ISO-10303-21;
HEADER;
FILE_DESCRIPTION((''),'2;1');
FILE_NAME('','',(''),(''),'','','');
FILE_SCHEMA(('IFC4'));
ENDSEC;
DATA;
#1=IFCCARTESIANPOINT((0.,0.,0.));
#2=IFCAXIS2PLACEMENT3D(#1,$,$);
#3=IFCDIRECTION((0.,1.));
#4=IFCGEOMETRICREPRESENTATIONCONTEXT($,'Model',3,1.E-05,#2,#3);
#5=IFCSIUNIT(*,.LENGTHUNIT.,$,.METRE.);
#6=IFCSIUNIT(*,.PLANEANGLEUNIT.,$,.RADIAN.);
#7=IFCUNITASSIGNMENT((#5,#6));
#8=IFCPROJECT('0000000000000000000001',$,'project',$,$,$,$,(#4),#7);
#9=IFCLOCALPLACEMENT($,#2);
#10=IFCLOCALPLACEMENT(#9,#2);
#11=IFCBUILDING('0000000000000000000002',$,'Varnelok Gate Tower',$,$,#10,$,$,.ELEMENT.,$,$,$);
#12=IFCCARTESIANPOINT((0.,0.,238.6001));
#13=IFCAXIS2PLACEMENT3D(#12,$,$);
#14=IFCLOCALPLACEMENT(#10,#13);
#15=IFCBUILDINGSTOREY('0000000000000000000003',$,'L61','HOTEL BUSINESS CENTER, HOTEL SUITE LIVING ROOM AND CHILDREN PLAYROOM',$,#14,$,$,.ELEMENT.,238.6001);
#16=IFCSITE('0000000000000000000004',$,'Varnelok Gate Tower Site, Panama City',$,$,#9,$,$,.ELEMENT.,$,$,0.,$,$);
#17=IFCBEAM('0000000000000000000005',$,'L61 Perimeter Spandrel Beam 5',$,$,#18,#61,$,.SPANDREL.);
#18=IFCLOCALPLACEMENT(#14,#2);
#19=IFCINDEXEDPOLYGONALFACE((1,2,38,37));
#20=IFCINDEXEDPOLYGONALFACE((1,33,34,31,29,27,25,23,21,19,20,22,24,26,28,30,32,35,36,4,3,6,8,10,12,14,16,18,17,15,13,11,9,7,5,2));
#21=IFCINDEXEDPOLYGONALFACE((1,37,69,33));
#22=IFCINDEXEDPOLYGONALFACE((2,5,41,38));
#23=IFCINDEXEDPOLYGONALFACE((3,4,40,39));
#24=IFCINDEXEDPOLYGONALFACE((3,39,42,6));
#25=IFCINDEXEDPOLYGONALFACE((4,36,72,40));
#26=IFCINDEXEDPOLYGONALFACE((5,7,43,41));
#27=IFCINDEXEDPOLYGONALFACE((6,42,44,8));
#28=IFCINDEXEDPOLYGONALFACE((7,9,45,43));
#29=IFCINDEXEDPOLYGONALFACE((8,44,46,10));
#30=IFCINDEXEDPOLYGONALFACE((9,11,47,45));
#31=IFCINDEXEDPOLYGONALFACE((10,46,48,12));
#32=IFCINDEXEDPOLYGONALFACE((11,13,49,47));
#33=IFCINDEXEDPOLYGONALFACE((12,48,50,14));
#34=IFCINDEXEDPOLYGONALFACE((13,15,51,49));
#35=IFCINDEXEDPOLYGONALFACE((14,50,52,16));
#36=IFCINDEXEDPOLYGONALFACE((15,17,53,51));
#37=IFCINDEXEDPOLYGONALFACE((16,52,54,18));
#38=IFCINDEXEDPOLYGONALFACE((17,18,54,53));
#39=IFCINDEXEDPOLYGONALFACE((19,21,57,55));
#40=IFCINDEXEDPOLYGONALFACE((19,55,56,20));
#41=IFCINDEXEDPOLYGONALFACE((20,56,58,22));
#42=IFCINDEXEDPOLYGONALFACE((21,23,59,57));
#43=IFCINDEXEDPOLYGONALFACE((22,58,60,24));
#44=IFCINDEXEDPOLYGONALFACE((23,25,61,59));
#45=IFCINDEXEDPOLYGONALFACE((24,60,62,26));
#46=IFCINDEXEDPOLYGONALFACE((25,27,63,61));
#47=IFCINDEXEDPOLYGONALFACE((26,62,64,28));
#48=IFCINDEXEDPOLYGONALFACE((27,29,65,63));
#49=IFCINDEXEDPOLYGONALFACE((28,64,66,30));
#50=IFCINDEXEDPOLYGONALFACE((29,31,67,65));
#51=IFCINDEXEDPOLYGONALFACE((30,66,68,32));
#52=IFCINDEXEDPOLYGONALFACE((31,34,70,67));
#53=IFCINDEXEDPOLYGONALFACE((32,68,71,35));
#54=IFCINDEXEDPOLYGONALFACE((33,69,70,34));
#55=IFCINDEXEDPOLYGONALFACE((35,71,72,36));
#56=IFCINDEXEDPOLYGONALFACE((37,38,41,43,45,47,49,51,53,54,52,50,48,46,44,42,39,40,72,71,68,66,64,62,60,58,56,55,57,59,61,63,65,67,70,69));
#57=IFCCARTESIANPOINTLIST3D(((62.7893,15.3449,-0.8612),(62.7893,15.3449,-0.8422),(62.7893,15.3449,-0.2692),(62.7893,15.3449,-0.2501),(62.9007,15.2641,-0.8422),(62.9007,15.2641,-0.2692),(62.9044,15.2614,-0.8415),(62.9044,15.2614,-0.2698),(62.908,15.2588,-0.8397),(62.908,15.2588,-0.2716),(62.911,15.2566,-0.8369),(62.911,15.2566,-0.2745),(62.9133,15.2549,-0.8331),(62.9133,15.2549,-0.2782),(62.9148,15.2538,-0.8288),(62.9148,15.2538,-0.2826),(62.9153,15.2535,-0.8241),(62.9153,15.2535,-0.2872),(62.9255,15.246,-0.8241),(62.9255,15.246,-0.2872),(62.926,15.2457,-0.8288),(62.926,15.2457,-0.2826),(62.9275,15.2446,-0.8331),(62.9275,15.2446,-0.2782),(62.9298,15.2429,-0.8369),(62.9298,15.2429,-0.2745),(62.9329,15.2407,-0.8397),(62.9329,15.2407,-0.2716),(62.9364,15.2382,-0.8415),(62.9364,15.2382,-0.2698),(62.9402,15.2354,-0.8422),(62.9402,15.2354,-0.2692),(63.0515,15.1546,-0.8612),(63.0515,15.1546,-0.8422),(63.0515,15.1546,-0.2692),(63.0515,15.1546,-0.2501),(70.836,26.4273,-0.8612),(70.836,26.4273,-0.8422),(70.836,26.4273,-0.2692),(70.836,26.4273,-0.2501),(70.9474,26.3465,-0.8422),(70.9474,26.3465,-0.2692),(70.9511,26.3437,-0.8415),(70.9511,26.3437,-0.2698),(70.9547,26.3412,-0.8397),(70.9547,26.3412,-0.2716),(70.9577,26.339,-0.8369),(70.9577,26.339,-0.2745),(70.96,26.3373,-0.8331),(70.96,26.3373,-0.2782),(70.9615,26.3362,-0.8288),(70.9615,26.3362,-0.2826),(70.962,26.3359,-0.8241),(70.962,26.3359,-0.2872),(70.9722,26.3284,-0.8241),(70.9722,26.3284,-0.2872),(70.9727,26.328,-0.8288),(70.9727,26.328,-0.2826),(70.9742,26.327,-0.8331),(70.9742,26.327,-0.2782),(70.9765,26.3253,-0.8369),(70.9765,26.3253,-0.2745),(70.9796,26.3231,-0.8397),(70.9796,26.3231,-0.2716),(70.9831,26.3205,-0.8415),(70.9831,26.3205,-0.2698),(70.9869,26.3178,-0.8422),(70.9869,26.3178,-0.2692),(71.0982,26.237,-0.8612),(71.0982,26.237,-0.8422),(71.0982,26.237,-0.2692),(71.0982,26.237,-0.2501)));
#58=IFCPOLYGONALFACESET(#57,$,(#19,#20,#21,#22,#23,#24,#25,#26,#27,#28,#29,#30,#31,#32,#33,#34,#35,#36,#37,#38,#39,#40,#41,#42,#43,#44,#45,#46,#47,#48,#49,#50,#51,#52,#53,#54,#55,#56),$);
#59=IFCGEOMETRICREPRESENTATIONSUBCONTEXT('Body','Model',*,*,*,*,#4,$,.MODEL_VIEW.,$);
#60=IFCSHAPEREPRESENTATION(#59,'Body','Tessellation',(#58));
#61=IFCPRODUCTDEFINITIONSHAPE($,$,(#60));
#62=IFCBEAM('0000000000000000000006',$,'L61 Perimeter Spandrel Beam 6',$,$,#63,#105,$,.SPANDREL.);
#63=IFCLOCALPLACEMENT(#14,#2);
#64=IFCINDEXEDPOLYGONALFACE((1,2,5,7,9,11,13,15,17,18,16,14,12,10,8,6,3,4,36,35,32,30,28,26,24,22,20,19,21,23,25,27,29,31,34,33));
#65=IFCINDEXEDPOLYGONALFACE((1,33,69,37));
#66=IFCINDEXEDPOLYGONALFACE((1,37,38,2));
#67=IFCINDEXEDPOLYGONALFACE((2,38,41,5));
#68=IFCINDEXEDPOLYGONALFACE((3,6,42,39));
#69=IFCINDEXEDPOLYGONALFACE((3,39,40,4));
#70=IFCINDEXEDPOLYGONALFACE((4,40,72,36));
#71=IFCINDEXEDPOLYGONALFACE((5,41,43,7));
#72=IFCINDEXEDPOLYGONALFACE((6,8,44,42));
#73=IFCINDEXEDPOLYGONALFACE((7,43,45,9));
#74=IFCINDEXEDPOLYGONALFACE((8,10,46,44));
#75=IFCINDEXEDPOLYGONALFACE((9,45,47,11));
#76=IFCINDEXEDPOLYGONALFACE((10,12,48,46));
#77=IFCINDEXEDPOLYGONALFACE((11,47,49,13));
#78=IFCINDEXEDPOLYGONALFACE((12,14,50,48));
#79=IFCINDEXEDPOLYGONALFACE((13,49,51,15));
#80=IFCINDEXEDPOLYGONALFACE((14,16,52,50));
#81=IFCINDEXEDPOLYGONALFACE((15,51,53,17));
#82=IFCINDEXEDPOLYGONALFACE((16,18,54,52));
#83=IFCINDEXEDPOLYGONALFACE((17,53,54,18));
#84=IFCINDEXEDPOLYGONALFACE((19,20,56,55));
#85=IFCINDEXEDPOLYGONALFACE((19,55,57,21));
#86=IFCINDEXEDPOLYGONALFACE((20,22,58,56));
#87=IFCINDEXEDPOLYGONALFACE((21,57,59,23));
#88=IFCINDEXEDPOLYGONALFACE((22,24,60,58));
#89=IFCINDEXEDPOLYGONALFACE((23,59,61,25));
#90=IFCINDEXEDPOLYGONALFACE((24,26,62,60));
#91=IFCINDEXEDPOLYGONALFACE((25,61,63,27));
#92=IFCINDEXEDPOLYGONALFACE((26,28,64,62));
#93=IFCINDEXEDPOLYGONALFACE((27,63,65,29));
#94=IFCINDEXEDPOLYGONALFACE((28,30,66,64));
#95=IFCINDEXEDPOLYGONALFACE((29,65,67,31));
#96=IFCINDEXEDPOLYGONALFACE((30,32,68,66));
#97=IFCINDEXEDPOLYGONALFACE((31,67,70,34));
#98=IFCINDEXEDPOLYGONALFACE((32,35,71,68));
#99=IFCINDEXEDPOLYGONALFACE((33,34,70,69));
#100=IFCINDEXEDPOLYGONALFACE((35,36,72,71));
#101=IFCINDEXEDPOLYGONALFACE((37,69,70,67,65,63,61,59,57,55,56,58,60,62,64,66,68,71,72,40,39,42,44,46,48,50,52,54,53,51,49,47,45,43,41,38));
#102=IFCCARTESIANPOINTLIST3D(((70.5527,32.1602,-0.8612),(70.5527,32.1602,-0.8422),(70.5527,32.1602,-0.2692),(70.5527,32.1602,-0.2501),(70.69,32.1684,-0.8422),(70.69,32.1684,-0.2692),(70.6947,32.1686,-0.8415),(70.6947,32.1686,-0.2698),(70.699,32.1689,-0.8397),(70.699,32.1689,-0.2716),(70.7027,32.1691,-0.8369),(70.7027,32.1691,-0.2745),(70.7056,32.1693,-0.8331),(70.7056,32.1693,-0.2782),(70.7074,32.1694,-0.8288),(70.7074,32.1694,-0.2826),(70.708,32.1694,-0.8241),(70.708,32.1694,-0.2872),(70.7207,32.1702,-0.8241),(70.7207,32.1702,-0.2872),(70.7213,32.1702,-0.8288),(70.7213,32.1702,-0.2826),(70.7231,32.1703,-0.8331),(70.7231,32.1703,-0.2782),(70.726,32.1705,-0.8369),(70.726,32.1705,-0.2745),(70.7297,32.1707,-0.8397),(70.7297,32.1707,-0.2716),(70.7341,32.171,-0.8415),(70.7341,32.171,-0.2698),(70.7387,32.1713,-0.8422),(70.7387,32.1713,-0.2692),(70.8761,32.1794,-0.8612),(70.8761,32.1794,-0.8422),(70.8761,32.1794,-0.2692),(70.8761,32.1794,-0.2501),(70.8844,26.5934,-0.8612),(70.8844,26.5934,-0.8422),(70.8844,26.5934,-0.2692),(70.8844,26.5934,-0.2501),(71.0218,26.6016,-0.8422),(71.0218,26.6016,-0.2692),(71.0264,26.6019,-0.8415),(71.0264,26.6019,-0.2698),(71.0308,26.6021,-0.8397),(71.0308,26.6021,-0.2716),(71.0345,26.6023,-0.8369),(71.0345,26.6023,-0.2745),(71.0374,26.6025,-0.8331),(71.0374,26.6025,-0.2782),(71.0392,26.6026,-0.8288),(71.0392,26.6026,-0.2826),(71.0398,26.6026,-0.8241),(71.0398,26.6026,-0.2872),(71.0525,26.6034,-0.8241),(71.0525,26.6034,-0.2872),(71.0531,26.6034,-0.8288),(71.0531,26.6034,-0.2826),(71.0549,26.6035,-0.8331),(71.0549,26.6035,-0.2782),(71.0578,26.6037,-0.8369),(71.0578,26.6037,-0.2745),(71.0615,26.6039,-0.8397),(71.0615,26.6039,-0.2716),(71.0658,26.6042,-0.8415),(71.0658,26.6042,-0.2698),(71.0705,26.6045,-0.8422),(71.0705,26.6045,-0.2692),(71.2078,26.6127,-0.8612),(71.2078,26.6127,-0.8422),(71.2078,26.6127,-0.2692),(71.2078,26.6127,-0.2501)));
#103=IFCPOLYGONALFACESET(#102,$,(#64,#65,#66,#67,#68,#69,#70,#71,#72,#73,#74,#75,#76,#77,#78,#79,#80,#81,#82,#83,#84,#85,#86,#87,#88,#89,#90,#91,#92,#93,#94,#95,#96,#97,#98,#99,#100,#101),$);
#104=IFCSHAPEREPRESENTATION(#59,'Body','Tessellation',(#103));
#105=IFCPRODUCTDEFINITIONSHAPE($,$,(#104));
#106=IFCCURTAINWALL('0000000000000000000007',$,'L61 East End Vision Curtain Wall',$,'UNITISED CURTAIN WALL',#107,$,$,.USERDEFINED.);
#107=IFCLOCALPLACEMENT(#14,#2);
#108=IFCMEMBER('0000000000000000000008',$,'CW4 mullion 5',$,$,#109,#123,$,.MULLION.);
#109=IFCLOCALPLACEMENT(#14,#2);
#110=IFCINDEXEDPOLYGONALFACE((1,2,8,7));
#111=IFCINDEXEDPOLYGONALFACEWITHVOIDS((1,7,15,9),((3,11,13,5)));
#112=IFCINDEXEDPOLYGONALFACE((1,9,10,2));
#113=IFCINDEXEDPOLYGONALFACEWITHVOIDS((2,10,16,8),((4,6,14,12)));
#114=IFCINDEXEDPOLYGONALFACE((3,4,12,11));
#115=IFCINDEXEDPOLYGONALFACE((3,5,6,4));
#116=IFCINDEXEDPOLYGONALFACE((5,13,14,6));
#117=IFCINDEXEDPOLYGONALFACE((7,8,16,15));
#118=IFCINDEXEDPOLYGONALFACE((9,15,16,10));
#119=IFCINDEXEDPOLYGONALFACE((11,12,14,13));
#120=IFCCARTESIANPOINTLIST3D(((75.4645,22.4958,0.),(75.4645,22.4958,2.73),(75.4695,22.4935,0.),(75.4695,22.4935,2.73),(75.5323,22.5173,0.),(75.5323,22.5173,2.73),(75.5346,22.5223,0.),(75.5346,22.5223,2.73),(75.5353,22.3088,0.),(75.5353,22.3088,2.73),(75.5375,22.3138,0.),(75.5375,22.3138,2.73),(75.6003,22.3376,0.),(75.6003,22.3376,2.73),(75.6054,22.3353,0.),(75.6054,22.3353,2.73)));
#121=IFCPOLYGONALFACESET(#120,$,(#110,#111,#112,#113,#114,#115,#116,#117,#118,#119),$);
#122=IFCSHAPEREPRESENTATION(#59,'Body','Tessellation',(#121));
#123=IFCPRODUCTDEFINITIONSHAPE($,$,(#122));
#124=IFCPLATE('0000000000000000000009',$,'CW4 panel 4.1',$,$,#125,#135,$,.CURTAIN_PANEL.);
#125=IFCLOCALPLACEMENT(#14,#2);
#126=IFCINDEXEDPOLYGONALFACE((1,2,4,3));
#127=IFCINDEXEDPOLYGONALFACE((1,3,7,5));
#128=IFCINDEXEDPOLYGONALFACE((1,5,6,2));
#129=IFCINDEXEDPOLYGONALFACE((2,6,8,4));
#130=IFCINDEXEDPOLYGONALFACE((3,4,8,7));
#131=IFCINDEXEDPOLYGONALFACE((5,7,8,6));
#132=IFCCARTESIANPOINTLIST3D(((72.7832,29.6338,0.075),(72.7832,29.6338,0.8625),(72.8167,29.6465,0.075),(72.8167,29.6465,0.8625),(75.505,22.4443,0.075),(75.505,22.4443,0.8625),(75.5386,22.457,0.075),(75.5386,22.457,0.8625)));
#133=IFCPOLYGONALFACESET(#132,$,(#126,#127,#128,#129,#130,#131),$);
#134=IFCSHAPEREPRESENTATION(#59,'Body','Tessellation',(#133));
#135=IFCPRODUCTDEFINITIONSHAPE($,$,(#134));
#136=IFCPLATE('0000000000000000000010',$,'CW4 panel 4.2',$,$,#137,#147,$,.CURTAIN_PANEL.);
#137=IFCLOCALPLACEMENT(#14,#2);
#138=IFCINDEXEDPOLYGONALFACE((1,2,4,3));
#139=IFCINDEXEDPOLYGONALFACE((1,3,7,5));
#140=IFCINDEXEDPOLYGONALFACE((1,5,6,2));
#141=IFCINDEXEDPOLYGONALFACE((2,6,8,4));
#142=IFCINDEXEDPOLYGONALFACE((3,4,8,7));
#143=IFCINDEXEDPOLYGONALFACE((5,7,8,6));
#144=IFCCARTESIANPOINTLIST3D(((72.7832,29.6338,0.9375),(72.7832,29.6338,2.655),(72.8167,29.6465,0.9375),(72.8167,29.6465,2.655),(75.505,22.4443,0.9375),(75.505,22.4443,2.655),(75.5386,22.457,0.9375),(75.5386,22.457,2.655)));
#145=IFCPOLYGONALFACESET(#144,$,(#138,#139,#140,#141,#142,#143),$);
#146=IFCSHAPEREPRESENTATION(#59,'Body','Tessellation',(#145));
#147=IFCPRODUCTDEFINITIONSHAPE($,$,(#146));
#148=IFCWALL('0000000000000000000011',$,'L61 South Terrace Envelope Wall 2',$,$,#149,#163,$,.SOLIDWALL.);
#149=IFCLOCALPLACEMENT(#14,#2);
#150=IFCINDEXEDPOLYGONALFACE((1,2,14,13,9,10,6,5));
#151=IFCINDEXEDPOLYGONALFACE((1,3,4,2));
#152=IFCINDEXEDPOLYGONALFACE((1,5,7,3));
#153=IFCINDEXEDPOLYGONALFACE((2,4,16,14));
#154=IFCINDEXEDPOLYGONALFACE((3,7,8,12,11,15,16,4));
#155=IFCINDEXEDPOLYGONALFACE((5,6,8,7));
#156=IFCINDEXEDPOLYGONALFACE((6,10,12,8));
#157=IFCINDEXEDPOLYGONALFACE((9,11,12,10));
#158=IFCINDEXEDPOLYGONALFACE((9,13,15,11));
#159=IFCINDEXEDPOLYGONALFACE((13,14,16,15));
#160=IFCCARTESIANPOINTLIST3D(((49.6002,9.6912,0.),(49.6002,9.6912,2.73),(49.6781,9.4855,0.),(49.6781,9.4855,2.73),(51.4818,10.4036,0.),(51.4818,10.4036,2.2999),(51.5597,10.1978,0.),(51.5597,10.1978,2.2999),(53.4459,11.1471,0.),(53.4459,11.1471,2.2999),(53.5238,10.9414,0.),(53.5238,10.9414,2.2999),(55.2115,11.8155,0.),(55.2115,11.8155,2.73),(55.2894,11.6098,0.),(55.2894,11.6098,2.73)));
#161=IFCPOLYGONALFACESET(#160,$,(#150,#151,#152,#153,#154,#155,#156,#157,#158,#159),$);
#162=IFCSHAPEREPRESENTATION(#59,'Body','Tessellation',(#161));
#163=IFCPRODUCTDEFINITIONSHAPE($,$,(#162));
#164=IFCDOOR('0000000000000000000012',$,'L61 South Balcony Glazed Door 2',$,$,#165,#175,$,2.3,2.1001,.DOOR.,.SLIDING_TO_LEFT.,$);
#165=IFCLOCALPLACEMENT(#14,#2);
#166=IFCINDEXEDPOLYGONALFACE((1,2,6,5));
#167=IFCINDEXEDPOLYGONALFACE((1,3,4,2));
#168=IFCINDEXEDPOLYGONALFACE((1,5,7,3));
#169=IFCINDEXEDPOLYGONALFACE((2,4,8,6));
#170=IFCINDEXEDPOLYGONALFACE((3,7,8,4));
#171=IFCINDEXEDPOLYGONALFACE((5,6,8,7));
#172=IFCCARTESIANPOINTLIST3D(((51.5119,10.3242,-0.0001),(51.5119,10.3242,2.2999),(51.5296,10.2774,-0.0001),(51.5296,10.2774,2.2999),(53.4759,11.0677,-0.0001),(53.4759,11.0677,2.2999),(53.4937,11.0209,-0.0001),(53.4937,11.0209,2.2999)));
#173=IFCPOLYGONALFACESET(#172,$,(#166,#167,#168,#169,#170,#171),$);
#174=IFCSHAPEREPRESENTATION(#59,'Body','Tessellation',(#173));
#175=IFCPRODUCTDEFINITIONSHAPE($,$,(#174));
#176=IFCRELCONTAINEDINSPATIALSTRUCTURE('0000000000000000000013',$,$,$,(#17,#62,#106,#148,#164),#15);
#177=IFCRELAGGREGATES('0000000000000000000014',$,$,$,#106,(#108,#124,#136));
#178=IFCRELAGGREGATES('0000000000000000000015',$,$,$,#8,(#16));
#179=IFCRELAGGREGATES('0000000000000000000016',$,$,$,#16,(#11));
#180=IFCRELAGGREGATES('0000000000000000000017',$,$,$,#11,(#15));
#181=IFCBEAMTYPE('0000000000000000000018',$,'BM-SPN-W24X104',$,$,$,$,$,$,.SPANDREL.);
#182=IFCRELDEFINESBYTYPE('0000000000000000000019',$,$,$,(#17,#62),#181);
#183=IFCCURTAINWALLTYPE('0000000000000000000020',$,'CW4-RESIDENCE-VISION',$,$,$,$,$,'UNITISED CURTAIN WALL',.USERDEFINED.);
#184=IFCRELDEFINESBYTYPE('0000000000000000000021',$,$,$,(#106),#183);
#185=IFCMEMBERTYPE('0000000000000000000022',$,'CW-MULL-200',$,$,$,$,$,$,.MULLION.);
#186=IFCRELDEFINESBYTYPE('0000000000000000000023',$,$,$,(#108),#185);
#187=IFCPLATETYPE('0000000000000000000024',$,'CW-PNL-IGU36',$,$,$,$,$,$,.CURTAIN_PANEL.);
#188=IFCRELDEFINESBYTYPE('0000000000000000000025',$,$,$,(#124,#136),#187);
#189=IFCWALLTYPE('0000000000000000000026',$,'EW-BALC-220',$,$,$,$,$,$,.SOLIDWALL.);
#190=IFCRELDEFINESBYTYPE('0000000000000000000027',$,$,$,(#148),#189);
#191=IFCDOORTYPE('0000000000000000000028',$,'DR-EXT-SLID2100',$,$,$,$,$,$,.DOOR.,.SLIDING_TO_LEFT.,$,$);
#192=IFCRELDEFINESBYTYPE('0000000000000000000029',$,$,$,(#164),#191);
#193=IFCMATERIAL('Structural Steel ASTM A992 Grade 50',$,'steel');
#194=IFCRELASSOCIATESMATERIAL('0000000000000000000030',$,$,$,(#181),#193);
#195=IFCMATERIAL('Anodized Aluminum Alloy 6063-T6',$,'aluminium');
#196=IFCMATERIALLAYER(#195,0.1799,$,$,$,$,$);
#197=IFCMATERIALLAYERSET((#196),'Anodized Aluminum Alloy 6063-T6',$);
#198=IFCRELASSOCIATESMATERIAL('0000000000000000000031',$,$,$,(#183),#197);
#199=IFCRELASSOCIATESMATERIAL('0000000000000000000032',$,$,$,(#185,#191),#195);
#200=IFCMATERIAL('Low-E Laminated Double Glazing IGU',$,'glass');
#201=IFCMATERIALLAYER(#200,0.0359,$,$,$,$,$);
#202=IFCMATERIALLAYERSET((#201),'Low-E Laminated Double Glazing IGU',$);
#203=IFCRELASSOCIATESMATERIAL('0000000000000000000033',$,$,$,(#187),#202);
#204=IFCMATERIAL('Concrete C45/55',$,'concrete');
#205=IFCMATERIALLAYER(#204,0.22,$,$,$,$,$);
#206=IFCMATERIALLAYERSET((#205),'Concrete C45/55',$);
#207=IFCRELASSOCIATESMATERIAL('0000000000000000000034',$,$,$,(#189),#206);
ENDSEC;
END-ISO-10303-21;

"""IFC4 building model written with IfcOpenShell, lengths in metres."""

from ifc_helpers import new_model, si_unit, direction, frame, frame_2d, origin, origin_2d, place, context, subcontext, project, spatial, rectangle, hollow_rectangle, i_section, extrude, source, transform, mapped, material, layer, layer_set, material_profile, profile_set, type_object, element, fill, aggregate, save


model = new_model("IFC4")

# Units and contexts
model_context = context("Model", 3, precision=1e-05, world=origin(), true_north=direction((0.0, 1.0)))
body_context = subcontext(model_context, "Body", "Model", "MODEL_VIEW")
ifc_project = project(units=[si_unit("LENGTHUNIT", "METRE"), si_unit("PLANEANGLEUNIT", "RADIAN")], contexts=[model_context])

# Site, building, storey
site_placement = place(None, origin())
site = spatial("IfcSite", under=ifc_project, at=site_placement, Name="Varnelok Gate Tower Site, Panama City", CompositionType="ELEMENT", RefElevation=0.0)
building_placement = place(site_placement, origin())
building = spatial("IfcBuilding", under=site, at=building_placement, Name="Varnelok Gate Tower", CompositionType="ELEMENT")
storey_placement = place(building_placement, frame((0.0, 0.0, 238.6001)))
storey = spatial("IfcBuildingStorey", under=building, at=storey_placement, Name="L61", Description="HOTEL BUSINESS CENTER, HOTEL SUITE LIVING ROOM AND CHILDREN PLAYROOM", CompositionType="ELEMENT", Elevation=238.6001)

# Shared definitions
ifc_material_1 = material(Name="Structural Steel ASTM A992 Grade 50", Category="steel")

# Beams
ifc_material_profile_1 = material_profile(ifc_material_1, i_section(OverallWidth=0.324, OverallDepth=0.6111, WebThickness=0.0127, FlangeThickness=0.019, FilletRadius=0.0181, at=origin_2d()), Name="W24X104")
ifc_profile_set_1 = profile_set([ifc_material_profile_1], Name="Structural Steel ASTM A992 Grade 50")
beam_type_1 = type_object("IfcBeamType", Name="BM-SPN-W24X104", PredefinedType="SPANDREL", material=ifc_profile_set_1)
beam_1_placement = place(storey_placement, frame((62.9204, 15.2498, -0.5557), z_axis=(0.587541, 0.809195, 0.0), x_axis=(-0.809195, 0.587541, 0.0)))
element("IfcBeam", 1, at=beam_1_placement, inside=storey, type_object=beam_type_1, Name="L61 Perimeter Spandrel Beam 5", PredefinedType="SPANDREL", context=body_context, shape_type="SweptSolid", body=[
    extrude(i_section(OverallWidth=0.324, OverallDepth=0.6111, WebThickness=0.0127, FlangeThickness=0.019, FilletRadius=0.0181, at=origin_2d()), origin(), (0.0, 0.0, 1.0), 13.6956),
])
beam_2_placement = place(storey_placement, frame((71.0461, 26.603, -0.5557), z_axis=(-0.059494, 0.998229, 0.0), x_axis=(-0.998229, -0.059494, 0.0)))
element("IfcBeam", 2, at=beam_2_placement, inside=storey, type_object=beam_type_1, Name="L61 Perimeter Spandrel Beam 6", PredefinedType="SPANDREL", context=body_context, shape_type="SweptSolid", body=[
    extrude(i_section(OverallWidth=0.324, OverallDepth=0.6111, WebThickness=0.0127, FlangeThickness=0.019, FilletRadius=0.0181, at=origin_2d()), origin(), (0.0, 0.0, 1.0), 5.5767),
])

# Curtain wall, member, plates
ifc_material_2 = material(Name="Anodized Aluminum Alloy 6063-T6", Category="aluminium")
ifc_layer_1 = layer(ifc_material_2, 0.1799)
ifc_layer_set_1 = layer_set([ifc_layer_1], Name="Anodized Aluminum Alloy 6063-T6")
curtain_wall_type = type_object("IfcCurtainWallType", Name="CW4-RESIDENCE-VISION", ElementType="UNITISED CURTAIN WALL", PredefinedType="USERDEFINED", material=ifc_layer_set_1)
curtain_wall_placement = place(storey_placement, origin())
curtain_wall = element("IfcCurtainWall", 3, at=curtain_wall_placement, inside=storey, type_object=curtain_wall_type, Name="L61 East End Vision Curtain Wall", ObjectType="UNITISED CURTAIN WALL", PredefinedType="USERDEFINED")
ifc_material_profile_2 = material_profile(ifc_material_2, hollow_rectangle(XDim=0.075, YDim=0.2, WallThickness=0.0039, at=origin_2d()), Name="ALU200X75X4")
ifc_profile_set_2 = profile_set([ifc_material_profile_2], Name="Anodized Aluminum Alloy 6063-T6")
member_type = type_object("IfcMemberType", Name="CW-MULL-200", PredefinedType="MULLION", material=ifc_profile_set_2)
member_placement = place(storey_placement, frame((75.5349, 22.4155, 0.0), z_axis=(0.0, 0.0, 1.0), x_axis=(0.935222, 0.354063, 0.0)))
member = element("IfcMember", 4, at=member_placement, type_object=member_type, Name="CW4 mullion 5", PredefinedType="MULLION", context=body_context, shape_type="SweptSolid", body=[
    extrude(hollow_rectangle(XDim=0.075, YDim=0.2, WallThickness=0.0039, at=origin_2d()), origin(), (0.0, 0.0, 1.0), 2.73),
])
ifc_material_3 = material(Name="Low-E Laminated Double Glazing IGU", Category="glass")
ifc_layer_2 = layer(ifc_material_3, 0.0359)
ifc_layer_set_2 = layer_set([ifc_layer_2], Name="Low-E Laminated Double Glazing IGU")
plate_type = type_object("IfcPlateType", Name="CW-PNL-IGU36", PredefinedType="CURTAIN_PANEL", material=ifc_layer_set_2)
shared_shape_1 = source(origin(), body_context, "Body", "SweptSolid", [
    extrude(rectangle(XDim=7.6875, YDim=0.0359, at=origin_2d()), origin(), (0.0, 0.0, 1.0), 0.7876),
])
plate_1_placement = place(storey_placement, frame((74.1609, 26.0454, 0.075), z_axis=(0.0, 0.0, 1.0), x_axis=(0.354063, -0.935222, 0.0)))
plate_1 = element("IfcPlate", 5, at=plate_1_placement, type_object=plate_type, Name="CW4 panel 4.1", PredefinedType="CURTAIN_PANEL", context=body_context, shape_type="MappedRepresentation", body=[
    mapped(shared_shape_1, transform((0.0, 0.0, 0.0), scale=1.0)),
])
shared_shape_2 = source(origin(), body_context, "Body", "SweptSolid", [
    extrude(rectangle(XDim=7.6875, YDim=0.0359, at=origin_2d()), origin(), (0.0, 0.0, 1.0), 1.7175),
])
plate_2_placement = place(storey_placement, frame((74.1609, 26.0454, 0.9375), z_axis=(0.0, 0.0, 1.0), x_axis=(0.354063, -0.935222, 0.0)))
plate_2 = element("IfcPlate", 6, at=plate_2_placement, type_object=plate_type, Name="CW4 panel 4.2", PredefinedType="CURTAIN_PANEL", context=body_context, shape_type="MappedRepresentation", body=[
    mapped(shared_shape_2, transform((0.0, 0.0, 0.0), scale=1.0)),
])
aggregate(curtain_wall, [member, plate_1, plate_2])

# Wall, opening, door
ifc_material_4 = material(Name="Concrete C45/55", Category="concrete")
ifc_layer_3 = layer(ifc_material_4, 0.22)
ifc_layer_set_3 = layer_set([ifc_layer_3], Name="Concrete C45/55")
wall_type_1 = type_object("IfcWallType", Name="EW-BALC-220", PredefinedType="SOLIDWALL", material=ifc_layer_set_3)
wall_1_placement = place(storey_placement, frame((55.2505, 11.7126, 0.0), z_axis=(0.0, 0.0, 1.0), x_axis=(-0.935228, -0.354047, 0.0)))
wall_1 = element("IfcWall", 7, at=wall_1_placement, inside=storey, type_object=wall_type_1, Name="L61 South Terrace Envelope Wall 2", PredefinedType="SOLIDWALL", context=body_context, shape_type="SweptSolid", body=[
    extrude(rectangle(XDim=6.0, YDim=0.22, at=frame_2d((3.0, 0.0))), origin(), (0.0, 0.0, 1.0), 2.73),
])
opening_1_placement = place(wall_1_placement, frame((1.8879, 0.0, 0.0)))
opening_1 = element("IfcOpeningElement", 8, at=opening_1_placement, cuts=wall_1, PredefinedType="OPENING", context=body_context, shape_type="SweptSolid", body=[
    extrude(rectangle(XDim=2.1001, YDim=2.3, at=frame_2d((1.05, 1.1499))), frame((0.0, 0.1199, 0.0), z_axis=(0.0, -1.0, 0.0), x_axis=(1.0, 0.0, 0.0)), (0.0, 0.0, 1.0), 0.24),
])
door_type_1 = type_object("IfcDoorType", Name="DR-EXT-SLID2100", OperationType="SLIDING_TO_LEFT", PredefinedType="DOOR", material=ifc_material_2)
door_1_placement = place(opening_1_placement, origin())
door_1 = element("IfcDoor", 9, at=door_1_placement, inside=storey, type_object=door_type_1, Name="L61 South Balcony Glazed Door 2", OperationType="SLIDING_TO_LEFT", OverallHeight=2.3, OverallWidth=2.1001, PredefinedType="DOOR", context=body_context, shape_type="SweptSolid", body=[
    extrude(rectangle(XDim=2.1001, YDim=2.3, at=frame_2d((1.05, 1.1499))), frame((0.0, 0.0249, 0.0), z_axis=(0.0, -1.0, 0.0), x_axis=(1.0, 0.0, 0.0)), (0.0, 0.0, 1.0), 0.05),
])
fill(opening_1, door_1)

save(model, "model.ifc")
